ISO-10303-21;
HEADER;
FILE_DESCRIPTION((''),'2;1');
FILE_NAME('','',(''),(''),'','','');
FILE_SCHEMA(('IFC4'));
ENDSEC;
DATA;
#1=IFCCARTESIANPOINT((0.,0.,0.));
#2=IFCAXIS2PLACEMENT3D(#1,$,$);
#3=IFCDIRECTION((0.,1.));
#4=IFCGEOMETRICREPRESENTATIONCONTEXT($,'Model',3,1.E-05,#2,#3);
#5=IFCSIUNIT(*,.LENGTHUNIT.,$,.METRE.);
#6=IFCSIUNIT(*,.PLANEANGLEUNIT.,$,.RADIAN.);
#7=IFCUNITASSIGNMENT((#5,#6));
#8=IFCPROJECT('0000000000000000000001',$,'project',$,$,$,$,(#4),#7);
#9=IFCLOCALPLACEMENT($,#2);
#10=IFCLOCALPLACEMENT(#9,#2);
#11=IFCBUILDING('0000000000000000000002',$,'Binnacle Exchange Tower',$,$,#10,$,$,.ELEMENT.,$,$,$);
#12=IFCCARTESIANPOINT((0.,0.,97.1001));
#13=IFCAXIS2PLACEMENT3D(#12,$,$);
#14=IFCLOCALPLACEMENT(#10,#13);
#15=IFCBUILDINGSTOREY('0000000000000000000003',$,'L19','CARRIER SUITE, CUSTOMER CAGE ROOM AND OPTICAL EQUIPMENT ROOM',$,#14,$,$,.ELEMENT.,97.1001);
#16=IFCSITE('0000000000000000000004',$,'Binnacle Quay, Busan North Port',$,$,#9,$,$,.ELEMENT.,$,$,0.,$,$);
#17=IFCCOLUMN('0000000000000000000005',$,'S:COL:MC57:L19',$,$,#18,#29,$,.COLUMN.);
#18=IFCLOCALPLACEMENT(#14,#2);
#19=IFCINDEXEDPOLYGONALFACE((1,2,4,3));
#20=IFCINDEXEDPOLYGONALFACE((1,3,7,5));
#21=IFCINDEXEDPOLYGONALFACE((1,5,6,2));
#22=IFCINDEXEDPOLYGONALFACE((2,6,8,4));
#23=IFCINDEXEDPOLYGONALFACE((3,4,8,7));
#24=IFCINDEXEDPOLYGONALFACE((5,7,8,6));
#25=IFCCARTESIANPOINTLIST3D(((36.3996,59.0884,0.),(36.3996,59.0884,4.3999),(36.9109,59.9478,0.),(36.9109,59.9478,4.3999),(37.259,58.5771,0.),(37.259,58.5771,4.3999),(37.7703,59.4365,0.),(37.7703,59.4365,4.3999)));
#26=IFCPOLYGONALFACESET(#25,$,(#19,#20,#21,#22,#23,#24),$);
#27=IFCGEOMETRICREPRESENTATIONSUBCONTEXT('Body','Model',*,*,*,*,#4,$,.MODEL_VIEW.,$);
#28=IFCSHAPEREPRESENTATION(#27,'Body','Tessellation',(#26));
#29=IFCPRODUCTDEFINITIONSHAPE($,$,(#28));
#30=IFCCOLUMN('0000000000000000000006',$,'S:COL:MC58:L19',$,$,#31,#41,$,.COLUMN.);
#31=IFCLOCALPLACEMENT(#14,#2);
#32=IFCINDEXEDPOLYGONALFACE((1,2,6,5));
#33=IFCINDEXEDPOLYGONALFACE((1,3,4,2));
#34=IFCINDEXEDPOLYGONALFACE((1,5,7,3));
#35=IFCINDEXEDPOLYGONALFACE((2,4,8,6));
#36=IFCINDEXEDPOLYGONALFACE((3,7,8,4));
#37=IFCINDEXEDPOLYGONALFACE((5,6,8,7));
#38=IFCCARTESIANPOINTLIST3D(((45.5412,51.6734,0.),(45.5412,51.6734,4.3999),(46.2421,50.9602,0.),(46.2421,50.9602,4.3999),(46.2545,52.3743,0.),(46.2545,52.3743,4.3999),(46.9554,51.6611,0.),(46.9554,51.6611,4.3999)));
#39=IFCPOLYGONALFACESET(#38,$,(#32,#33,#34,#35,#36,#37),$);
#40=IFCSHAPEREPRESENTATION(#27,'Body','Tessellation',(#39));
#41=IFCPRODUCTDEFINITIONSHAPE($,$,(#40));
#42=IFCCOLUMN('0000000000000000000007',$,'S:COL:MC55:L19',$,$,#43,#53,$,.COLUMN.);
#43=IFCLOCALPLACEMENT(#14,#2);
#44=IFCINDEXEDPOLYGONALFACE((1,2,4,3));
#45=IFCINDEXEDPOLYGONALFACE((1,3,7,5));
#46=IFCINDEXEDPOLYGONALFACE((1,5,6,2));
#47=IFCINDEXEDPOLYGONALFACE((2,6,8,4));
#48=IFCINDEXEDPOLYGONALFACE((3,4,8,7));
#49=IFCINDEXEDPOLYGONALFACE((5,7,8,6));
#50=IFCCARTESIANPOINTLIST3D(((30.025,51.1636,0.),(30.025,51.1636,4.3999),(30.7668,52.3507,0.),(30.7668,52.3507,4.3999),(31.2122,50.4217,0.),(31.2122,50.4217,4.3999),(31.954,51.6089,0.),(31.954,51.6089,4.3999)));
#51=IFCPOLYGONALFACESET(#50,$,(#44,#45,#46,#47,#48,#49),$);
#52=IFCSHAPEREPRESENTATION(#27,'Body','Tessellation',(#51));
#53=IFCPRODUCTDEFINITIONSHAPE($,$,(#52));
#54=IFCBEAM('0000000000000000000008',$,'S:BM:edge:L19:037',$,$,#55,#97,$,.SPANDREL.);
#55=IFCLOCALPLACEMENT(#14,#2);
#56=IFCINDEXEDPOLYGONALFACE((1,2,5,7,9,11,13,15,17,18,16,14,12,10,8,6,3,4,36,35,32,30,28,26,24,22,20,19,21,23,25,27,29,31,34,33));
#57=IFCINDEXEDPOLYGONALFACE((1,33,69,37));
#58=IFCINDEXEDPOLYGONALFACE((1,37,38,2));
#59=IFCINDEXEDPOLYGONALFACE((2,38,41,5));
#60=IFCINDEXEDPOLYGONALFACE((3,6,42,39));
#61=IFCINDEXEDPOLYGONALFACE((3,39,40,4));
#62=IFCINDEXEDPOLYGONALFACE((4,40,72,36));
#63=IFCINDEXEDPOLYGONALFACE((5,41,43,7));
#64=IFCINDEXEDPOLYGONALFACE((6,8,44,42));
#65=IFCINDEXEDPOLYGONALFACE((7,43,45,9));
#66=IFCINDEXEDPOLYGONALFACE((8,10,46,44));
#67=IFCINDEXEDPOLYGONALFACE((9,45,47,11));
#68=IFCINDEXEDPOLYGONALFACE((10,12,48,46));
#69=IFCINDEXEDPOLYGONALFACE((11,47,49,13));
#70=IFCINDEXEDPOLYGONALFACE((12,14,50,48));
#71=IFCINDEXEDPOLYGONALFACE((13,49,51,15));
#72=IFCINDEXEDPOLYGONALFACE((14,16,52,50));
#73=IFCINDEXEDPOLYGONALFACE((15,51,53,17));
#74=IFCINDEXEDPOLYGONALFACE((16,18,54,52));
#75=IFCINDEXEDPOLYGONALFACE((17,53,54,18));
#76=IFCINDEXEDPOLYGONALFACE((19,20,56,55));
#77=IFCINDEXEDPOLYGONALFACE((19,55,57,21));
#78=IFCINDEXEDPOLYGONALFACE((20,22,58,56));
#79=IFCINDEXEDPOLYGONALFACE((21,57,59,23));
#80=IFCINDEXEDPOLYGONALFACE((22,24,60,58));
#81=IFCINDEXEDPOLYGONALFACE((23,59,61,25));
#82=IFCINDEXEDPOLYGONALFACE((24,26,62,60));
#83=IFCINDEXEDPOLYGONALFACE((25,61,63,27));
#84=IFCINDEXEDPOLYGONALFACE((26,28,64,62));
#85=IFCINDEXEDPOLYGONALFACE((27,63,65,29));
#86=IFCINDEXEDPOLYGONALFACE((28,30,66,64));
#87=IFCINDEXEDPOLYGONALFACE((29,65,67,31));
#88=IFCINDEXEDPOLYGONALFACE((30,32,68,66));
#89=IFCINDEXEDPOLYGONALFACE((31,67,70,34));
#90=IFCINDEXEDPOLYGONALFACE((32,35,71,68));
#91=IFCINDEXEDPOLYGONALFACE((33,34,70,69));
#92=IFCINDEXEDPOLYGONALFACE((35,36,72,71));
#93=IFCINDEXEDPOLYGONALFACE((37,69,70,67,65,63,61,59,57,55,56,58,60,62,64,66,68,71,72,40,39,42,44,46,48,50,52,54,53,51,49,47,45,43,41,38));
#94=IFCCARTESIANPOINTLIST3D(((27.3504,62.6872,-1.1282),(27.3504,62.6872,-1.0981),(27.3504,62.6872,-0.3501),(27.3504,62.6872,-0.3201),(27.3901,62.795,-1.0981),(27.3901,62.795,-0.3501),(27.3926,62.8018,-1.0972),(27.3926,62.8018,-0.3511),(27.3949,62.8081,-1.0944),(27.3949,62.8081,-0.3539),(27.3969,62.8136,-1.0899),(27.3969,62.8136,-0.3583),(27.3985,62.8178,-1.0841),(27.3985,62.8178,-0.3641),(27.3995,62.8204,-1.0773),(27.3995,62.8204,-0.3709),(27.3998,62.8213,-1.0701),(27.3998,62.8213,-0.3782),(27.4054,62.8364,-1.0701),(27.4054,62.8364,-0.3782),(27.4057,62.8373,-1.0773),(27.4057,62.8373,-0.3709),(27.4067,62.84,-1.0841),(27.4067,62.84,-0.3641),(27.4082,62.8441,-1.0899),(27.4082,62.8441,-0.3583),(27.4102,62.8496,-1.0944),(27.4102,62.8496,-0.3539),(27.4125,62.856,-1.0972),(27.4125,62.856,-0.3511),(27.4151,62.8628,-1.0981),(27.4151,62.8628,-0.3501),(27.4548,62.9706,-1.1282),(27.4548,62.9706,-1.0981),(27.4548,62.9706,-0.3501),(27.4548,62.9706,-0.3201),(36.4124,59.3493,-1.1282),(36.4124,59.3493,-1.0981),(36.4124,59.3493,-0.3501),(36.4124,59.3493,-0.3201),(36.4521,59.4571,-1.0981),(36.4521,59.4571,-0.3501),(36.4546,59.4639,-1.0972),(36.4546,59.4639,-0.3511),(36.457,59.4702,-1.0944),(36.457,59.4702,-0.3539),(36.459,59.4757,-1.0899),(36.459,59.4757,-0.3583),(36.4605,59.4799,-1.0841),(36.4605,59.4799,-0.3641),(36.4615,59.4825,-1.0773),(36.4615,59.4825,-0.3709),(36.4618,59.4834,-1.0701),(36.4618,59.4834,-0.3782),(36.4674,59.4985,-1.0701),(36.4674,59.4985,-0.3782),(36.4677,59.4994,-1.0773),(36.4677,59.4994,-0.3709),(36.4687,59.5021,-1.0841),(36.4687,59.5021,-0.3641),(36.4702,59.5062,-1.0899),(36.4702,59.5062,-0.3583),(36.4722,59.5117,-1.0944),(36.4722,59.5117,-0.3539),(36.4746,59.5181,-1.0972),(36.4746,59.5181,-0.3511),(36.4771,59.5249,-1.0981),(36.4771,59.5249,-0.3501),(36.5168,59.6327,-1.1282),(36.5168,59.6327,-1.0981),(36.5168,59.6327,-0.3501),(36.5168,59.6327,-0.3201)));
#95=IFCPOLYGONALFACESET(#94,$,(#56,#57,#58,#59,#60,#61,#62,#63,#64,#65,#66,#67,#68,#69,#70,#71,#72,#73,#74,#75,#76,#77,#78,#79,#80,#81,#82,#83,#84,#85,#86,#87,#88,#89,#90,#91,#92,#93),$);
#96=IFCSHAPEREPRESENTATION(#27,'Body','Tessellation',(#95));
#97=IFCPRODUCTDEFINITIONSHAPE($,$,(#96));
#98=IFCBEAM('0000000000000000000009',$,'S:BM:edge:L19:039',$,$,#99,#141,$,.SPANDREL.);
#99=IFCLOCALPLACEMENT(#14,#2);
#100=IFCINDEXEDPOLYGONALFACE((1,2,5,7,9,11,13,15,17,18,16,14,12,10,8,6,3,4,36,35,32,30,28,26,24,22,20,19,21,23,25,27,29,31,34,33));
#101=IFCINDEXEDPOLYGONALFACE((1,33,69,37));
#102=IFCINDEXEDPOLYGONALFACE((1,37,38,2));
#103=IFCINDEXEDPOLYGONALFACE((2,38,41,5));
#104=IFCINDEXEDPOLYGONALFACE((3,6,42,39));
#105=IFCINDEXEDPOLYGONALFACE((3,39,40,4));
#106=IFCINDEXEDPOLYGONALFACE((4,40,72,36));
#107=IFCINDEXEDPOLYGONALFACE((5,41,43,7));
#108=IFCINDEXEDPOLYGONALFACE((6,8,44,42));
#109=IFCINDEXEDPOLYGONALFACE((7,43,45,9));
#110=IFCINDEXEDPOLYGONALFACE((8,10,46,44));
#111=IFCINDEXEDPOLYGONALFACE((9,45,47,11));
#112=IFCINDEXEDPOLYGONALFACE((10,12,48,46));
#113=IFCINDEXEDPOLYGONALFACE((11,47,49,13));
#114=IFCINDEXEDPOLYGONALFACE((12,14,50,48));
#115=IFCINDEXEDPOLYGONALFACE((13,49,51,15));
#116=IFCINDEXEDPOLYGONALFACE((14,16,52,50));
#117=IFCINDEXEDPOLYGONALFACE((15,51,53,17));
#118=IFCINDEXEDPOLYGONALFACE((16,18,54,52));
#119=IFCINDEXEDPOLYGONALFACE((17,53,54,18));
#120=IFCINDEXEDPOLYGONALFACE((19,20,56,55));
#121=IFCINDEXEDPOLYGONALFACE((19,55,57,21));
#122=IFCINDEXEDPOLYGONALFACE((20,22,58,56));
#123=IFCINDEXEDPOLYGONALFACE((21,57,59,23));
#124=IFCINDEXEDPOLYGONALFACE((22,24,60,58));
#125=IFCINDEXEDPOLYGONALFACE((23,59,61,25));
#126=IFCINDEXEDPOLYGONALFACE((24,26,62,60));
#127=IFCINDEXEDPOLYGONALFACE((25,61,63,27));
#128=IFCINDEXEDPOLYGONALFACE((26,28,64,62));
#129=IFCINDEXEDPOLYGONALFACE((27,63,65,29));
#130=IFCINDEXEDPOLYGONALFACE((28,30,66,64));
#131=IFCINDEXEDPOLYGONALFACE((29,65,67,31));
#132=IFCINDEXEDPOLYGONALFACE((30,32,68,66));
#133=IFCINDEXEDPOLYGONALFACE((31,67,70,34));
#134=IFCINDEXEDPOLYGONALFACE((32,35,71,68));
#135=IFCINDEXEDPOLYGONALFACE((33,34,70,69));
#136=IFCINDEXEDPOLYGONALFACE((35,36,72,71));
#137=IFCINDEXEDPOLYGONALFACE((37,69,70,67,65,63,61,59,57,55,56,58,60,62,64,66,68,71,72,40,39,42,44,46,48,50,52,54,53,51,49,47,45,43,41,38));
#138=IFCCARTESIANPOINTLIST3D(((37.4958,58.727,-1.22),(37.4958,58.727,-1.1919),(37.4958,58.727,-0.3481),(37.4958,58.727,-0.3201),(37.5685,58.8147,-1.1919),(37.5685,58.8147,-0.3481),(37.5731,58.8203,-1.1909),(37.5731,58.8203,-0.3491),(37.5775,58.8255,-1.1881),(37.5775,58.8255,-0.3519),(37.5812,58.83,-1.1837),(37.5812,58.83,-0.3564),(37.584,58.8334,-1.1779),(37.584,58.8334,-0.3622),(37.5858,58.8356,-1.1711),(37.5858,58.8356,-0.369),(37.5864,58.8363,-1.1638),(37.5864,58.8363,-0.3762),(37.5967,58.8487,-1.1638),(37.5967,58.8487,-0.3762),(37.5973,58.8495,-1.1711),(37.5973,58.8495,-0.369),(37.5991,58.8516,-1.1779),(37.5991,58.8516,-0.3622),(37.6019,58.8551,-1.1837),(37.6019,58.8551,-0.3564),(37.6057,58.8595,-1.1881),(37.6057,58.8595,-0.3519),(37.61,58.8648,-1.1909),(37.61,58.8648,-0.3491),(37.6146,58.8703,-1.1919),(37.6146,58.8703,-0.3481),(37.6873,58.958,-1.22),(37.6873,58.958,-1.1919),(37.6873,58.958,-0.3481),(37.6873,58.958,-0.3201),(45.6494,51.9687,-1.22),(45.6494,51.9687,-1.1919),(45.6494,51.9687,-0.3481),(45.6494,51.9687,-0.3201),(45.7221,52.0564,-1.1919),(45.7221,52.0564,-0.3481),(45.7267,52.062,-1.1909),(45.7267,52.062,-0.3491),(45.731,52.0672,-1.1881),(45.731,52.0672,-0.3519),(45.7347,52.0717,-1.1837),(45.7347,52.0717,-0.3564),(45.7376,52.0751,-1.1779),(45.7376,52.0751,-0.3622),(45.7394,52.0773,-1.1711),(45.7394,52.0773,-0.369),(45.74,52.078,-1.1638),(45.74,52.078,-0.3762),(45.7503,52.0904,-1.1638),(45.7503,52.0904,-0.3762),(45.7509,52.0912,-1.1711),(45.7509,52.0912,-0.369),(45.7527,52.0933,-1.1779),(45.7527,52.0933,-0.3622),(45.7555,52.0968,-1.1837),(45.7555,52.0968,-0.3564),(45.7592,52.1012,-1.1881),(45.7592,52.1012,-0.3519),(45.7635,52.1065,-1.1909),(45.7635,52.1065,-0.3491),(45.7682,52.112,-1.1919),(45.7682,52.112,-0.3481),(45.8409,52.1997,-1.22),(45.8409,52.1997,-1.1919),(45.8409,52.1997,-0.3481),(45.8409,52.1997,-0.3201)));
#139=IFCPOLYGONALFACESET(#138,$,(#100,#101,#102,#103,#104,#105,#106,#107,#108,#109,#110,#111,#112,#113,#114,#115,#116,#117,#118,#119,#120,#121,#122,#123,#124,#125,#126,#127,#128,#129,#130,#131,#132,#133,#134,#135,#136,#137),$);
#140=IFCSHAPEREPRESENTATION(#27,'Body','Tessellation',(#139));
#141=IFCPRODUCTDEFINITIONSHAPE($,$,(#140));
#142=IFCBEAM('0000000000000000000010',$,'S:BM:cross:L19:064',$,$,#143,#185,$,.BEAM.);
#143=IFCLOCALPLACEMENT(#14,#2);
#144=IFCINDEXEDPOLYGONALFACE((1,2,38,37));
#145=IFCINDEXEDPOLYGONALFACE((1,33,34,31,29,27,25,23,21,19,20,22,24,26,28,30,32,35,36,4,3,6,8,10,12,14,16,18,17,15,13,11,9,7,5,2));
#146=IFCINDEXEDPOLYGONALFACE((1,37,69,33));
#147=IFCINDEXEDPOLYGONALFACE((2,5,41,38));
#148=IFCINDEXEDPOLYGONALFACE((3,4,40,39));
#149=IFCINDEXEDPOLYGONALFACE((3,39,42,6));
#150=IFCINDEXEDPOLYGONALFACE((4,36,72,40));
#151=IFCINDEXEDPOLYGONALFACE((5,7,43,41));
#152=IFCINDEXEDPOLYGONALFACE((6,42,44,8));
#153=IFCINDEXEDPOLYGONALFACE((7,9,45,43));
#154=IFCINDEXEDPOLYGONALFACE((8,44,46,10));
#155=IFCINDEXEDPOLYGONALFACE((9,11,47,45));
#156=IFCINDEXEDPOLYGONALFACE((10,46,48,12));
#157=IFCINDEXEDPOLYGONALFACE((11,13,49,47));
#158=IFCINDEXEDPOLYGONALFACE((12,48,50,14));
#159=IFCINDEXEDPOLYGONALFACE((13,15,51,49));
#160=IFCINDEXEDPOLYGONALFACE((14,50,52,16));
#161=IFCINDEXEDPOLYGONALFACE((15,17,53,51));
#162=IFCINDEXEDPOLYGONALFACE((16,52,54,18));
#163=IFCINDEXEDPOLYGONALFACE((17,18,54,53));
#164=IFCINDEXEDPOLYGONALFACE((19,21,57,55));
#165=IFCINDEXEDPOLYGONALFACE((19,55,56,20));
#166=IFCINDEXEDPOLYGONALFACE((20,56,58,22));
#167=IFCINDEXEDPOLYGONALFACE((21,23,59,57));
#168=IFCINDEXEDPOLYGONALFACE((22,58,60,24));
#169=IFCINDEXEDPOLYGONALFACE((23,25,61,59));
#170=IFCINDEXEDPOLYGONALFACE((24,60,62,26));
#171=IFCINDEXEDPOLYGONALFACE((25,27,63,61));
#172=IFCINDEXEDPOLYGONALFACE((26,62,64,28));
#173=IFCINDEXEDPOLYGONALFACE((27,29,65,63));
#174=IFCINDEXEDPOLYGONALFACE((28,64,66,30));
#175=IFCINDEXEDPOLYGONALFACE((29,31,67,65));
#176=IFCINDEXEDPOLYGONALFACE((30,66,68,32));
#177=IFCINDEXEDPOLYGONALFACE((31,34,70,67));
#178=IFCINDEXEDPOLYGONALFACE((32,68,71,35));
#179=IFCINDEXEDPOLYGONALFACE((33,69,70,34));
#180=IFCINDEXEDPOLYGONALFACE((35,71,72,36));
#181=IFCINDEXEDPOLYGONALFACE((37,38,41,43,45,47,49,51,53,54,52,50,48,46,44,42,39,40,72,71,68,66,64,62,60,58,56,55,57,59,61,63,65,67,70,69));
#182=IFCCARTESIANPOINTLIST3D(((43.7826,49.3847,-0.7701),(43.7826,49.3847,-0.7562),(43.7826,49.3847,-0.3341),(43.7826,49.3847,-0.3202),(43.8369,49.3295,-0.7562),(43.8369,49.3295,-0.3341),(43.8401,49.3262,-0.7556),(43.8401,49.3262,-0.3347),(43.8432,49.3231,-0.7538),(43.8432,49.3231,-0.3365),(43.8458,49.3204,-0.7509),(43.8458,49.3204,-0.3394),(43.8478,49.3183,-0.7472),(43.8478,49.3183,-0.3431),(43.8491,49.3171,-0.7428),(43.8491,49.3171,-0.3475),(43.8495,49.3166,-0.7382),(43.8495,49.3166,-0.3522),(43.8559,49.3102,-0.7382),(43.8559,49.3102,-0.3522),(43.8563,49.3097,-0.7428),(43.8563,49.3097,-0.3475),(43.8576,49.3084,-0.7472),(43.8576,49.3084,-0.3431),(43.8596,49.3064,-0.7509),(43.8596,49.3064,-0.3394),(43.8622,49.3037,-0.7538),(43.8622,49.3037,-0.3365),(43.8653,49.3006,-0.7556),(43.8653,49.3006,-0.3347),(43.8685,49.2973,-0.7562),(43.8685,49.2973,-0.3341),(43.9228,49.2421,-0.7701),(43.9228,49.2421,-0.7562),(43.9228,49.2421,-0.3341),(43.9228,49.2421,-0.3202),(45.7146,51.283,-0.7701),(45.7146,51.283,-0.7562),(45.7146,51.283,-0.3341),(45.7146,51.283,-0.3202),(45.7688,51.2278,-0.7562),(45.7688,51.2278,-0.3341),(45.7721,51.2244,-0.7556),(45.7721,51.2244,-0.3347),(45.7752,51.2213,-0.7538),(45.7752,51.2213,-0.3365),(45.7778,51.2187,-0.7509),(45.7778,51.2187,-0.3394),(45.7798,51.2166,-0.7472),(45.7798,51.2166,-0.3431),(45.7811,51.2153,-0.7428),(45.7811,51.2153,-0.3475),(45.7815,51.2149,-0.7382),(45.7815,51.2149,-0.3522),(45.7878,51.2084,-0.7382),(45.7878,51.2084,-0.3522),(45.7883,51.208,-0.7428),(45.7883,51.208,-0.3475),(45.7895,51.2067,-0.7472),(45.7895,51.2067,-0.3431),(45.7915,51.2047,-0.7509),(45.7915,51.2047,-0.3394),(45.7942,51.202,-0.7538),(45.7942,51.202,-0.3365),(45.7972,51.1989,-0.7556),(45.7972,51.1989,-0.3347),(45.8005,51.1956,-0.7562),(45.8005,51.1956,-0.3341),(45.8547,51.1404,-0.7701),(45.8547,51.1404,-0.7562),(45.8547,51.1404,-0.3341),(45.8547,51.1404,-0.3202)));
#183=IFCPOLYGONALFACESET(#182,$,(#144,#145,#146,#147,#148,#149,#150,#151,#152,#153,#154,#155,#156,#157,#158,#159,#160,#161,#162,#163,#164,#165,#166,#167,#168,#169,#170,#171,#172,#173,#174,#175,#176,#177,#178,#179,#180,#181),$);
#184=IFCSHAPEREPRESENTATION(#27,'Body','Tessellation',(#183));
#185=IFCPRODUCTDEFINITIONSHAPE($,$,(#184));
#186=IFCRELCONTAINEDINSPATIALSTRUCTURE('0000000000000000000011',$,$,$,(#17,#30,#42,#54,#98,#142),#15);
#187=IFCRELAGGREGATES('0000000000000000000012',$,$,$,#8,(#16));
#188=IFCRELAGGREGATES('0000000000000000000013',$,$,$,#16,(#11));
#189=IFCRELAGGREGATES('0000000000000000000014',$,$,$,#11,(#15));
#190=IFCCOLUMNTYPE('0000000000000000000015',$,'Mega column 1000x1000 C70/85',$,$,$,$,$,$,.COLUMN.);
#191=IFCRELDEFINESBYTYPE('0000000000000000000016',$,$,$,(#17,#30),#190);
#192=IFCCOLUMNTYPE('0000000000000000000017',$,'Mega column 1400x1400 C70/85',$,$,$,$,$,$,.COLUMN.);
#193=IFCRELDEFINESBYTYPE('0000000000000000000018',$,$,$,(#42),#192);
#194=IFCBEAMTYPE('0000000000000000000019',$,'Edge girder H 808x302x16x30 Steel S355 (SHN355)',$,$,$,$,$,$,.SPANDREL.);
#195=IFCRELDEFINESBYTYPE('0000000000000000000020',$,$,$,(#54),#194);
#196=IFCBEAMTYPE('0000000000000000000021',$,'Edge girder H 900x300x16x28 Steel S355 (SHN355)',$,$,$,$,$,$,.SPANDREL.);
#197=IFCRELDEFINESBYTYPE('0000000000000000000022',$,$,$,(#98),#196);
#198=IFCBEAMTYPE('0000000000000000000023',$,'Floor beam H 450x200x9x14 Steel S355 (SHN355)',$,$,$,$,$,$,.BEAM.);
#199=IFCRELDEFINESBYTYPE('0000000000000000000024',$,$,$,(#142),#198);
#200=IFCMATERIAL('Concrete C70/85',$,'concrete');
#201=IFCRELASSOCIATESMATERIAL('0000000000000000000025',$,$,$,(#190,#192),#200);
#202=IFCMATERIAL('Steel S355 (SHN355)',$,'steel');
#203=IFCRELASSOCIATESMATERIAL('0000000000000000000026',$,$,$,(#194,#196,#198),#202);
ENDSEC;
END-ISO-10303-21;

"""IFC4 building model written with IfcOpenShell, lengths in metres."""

from ifc_helpers import new_model, si_unit, direction, frame, origin, origin_2d, place, context, subcontext, project, spatial, rectangle, i_section, extrude, material, material_profile, profile_set, type_object, element, save


model = new_model("IFC4")

# Units and contexts
model_context = context("Model", 3, precision=1e-05, world=origin(), true_north=direction((0.0, 1.0)))
body_context = subcontext(model_context, "Body", "Model", "MODEL_VIEW")
ifc_project = project(units=[si_unit("LENGTHUNIT", "METRE"), si_unit("PLANEANGLEUNIT", "RADIAN")], contexts=[model_context])

# Site, building, storey
site_placement = place(None, origin())
site = spatial("IfcSite", under=ifc_project, at=site_placement, Name="Binnacle Quay, Busan North Port", CompositionType="ELEMENT", RefElevation=0.0)
building_placement = place(site_placement, origin())
building = spatial("IfcBuilding", under=site, at=building_placement, Name="Binnacle Exchange Tower", CompositionType="ELEMENT")
storey_placement = place(building_placement, frame((0.0, 0.0, 97.1001)))
storey = spatial("IfcBuildingStorey", under=building, at=storey_placement, Name="L19", Description="CARRIER SUITE, CUSTOMER CAGE ROOM AND OPTICAL EQUIPMENT ROOM", CompositionType="ELEMENT", Elevation=97.1001)

# Columns
ifc_material_1 = material(Name="Concrete C70/85", Category="concrete")
ifc_material_profile_1 = material_profile(ifc_material_1, rectangle(XDim=1.0, YDim=1.0, at=origin_2d()), Name="Mega column 1000x1000 C70/85")
ifc_profile_set_1 = profile_set([ifc_material_profile_1], Name="Concrete C70/85")
column_type_1 = type_object("IfcColumnType", Name="Mega column 1000x1000 C70/85", PredefinedType="COLUMN", material=ifc_profile_set_1)
for number, where, z_axis, x_axis, name in (
    (1, (37.085, 59.2625, 0.0), (0.0, 0.0, 1.0), (-0.859406, 0.511293, 0.0), "S:COL:MC57:L19"),
    (2, (46.2483, 51.6672, 0.0), (0.0, 0.0, 1.0), (-0.700909, 0.71325, 0.0), "S:COL:MC58:L19"),
):
    element("IfcColumn", number, at=place(storey_placement, frame(where, z_axis=z_axis, x_axis=x_axis)), inside=storey, type_object=column_type_1, Name=name, PredefinedType="COLUMN", context=body_context, shape_type="SweptSolid", body=[
        extrude(rectangle(XDim=1.0, YDim=1.0, at=origin_2d()), origin(), (0.0, 0.0, 1.0), 4.3999),
    ])
ifc_material_profile_2 = material_profile(ifc_material_1, rectangle(XDim=1.3999, YDim=1.3999, at=origin_2d()), Name="Mega column 1400x1400 C70/85")
ifc_profile_set_2 = profile_set([ifc_material_profile_2], Name="Concrete C70/85")
column_type_2 = type_object("IfcColumnType", Name="Mega column 1400x1400 C70/85", PredefinedType="COLUMN", material=ifc_profile_set_2)
column_placement = place(storey_placement, frame((30.9895, 51.3862, 0.0), z_axis=(0.0, 0.0, 1.0), x_axis=(0.529919, 0.848048, 0.0)))
element("IfcColumn", 3, at=column_placement, inside=storey, type_object=column_type_2, Name="S:COL:MC55:L19", PredefinedType="COLUMN", context=body_context, shape_type="SweptSolid", body=[
    extrude(rectangle(XDim=1.3999, YDim=1.3999, at=origin_2d()), origin(), (0.0, 0.0, 1.0), 4.3999),
])

# Beams
ifc_material_2 = material(Name="Steel S355 (SHN355)", Category="steel")
ifc_material_profile_3 = material_profile(ifc_material_2, i_section(OverallWidth=0.302, OverallDepth=0.8081, WebThickness=0.0161, FlangeThickness=0.03, FilletRadius=0.0281, at=origin_2d()), Name="H 808x302x16x30")
ifc_profile_set_3 = profile_set([ifc_material_profile_3], Name="Steel S355 (SHN355)")
beam_type_1 = type_object("IfcBeamType", Name="Edge girder H 808x302x16x30 Steel S355 (SHN355)", PredefinedType="SPANDREL", material=ifc_profile_set_3)
beam_1_placement = place(storey_placement, frame((36.4646, 59.491, -0.7241), z_axis=(-0.938368, 0.345637, 0.0), x_axis=(-0.345637, -0.938368, 0.0)))
element("IfcBeam", 4, at=beam_1_placement, inside=storey, type_object=beam_type_1, Name="S:BM:edge:L19:037", PredefinedType="SPANDREL", context=body_context, shape_type="SweptSolid", body=[
    extrude(i_section(OverallWidth=0.302, OverallDepth=0.8081, WebThickness=0.0161, FlangeThickness=0.03, FilletRadius=0.0281, at=origin_2d()), origin(), (0.0, 0.0, 1.0), 9.6572),
])
ifc_material_profile_4 = material_profile(ifc_material_2, i_section(OverallWidth=0.3, OverallDepth=0.8999, WebThickness=0.0161, FlangeThickness=0.0281, FilletRadius=0.0281, at=origin_2d()), Name="H 900x300x16x28")
ifc_profile_set_4 = profile_set([ifc_material_profile_4], Name="Steel S355 (SHN355)")
beam_type_2 = type_object("IfcBeamType", Name="Edge girder H 900x300x16x28 Steel S355 (SHN355)", PredefinedType="SPANDREL", material=ifc_profile_set_4)
beam_2_placement = place(storey_placement, frame((45.7451, 52.0842, -0.77), z_axis=(-0.769906, 0.638157, 0.0), x_axis=(-0.638157, -0.769906, 0.0)))
element("IfcBeam", 5, at=beam_2_placement, inside=storey, type_object=beam_type_2, Name="S:BM:edge:L19:039", PredefinedType="SPANDREL", context=body_context, shape_type="SweptSolid", body=[
    extrude(i_section(OverallWidth=0.3, OverallDepth=0.8999, WebThickness=0.0161, FlangeThickness=0.0281, FilletRadius=0.0281, at=origin_2d()), origin(), (0.0, 0.0, 1.0), 10.5903),
])
ifc_material_profile_5 = material_profile(ifc_material_2, i_section(OverallWidth=0.2, OverallDepth=0.45, WebThickness=0.009, FlangeThickness=0.0139, FilletRadius=0.0181, at=origin_2d()), Name="H 450x200x9x14")
ifc_profile_set_5 = profile_set([ifc_material_profile_5], Name="Steel S355 (SHN355)")
beam_type_3 = type_object("IfcBeamType", Name="Floor beam H 450x200x9x14 Steel S355 (SHN355)", PredefinedType="BEAM", material=ifc_profile_set_5)
beam_3_placement = place(storey_placement, frame((45.7847, 51.2117, -0.5452), z_axis=(-0.713299, -0.70086, 0.0), x_axis=(0.70086, -0.713299, 0.0)))
element("IfcBeam", 6, at=beam_3_placement, inside=storey, type_object=beam_type_3, Name="S:BM:cross:L19:064", PredefinedType="BEAM", context=body_context, shape_type="SweptSolid", body=[
    extrude(i_section(OverallWidth=0.2, OverallDepth=0.45, WebThickness=0.009, FlangeThickness=0.0139, FilletRadius=0.0181, at=origin_2d()), origin(), (0.0, 0.0, 1.0), 2.7085),
])

save(model, "model.ifc")
